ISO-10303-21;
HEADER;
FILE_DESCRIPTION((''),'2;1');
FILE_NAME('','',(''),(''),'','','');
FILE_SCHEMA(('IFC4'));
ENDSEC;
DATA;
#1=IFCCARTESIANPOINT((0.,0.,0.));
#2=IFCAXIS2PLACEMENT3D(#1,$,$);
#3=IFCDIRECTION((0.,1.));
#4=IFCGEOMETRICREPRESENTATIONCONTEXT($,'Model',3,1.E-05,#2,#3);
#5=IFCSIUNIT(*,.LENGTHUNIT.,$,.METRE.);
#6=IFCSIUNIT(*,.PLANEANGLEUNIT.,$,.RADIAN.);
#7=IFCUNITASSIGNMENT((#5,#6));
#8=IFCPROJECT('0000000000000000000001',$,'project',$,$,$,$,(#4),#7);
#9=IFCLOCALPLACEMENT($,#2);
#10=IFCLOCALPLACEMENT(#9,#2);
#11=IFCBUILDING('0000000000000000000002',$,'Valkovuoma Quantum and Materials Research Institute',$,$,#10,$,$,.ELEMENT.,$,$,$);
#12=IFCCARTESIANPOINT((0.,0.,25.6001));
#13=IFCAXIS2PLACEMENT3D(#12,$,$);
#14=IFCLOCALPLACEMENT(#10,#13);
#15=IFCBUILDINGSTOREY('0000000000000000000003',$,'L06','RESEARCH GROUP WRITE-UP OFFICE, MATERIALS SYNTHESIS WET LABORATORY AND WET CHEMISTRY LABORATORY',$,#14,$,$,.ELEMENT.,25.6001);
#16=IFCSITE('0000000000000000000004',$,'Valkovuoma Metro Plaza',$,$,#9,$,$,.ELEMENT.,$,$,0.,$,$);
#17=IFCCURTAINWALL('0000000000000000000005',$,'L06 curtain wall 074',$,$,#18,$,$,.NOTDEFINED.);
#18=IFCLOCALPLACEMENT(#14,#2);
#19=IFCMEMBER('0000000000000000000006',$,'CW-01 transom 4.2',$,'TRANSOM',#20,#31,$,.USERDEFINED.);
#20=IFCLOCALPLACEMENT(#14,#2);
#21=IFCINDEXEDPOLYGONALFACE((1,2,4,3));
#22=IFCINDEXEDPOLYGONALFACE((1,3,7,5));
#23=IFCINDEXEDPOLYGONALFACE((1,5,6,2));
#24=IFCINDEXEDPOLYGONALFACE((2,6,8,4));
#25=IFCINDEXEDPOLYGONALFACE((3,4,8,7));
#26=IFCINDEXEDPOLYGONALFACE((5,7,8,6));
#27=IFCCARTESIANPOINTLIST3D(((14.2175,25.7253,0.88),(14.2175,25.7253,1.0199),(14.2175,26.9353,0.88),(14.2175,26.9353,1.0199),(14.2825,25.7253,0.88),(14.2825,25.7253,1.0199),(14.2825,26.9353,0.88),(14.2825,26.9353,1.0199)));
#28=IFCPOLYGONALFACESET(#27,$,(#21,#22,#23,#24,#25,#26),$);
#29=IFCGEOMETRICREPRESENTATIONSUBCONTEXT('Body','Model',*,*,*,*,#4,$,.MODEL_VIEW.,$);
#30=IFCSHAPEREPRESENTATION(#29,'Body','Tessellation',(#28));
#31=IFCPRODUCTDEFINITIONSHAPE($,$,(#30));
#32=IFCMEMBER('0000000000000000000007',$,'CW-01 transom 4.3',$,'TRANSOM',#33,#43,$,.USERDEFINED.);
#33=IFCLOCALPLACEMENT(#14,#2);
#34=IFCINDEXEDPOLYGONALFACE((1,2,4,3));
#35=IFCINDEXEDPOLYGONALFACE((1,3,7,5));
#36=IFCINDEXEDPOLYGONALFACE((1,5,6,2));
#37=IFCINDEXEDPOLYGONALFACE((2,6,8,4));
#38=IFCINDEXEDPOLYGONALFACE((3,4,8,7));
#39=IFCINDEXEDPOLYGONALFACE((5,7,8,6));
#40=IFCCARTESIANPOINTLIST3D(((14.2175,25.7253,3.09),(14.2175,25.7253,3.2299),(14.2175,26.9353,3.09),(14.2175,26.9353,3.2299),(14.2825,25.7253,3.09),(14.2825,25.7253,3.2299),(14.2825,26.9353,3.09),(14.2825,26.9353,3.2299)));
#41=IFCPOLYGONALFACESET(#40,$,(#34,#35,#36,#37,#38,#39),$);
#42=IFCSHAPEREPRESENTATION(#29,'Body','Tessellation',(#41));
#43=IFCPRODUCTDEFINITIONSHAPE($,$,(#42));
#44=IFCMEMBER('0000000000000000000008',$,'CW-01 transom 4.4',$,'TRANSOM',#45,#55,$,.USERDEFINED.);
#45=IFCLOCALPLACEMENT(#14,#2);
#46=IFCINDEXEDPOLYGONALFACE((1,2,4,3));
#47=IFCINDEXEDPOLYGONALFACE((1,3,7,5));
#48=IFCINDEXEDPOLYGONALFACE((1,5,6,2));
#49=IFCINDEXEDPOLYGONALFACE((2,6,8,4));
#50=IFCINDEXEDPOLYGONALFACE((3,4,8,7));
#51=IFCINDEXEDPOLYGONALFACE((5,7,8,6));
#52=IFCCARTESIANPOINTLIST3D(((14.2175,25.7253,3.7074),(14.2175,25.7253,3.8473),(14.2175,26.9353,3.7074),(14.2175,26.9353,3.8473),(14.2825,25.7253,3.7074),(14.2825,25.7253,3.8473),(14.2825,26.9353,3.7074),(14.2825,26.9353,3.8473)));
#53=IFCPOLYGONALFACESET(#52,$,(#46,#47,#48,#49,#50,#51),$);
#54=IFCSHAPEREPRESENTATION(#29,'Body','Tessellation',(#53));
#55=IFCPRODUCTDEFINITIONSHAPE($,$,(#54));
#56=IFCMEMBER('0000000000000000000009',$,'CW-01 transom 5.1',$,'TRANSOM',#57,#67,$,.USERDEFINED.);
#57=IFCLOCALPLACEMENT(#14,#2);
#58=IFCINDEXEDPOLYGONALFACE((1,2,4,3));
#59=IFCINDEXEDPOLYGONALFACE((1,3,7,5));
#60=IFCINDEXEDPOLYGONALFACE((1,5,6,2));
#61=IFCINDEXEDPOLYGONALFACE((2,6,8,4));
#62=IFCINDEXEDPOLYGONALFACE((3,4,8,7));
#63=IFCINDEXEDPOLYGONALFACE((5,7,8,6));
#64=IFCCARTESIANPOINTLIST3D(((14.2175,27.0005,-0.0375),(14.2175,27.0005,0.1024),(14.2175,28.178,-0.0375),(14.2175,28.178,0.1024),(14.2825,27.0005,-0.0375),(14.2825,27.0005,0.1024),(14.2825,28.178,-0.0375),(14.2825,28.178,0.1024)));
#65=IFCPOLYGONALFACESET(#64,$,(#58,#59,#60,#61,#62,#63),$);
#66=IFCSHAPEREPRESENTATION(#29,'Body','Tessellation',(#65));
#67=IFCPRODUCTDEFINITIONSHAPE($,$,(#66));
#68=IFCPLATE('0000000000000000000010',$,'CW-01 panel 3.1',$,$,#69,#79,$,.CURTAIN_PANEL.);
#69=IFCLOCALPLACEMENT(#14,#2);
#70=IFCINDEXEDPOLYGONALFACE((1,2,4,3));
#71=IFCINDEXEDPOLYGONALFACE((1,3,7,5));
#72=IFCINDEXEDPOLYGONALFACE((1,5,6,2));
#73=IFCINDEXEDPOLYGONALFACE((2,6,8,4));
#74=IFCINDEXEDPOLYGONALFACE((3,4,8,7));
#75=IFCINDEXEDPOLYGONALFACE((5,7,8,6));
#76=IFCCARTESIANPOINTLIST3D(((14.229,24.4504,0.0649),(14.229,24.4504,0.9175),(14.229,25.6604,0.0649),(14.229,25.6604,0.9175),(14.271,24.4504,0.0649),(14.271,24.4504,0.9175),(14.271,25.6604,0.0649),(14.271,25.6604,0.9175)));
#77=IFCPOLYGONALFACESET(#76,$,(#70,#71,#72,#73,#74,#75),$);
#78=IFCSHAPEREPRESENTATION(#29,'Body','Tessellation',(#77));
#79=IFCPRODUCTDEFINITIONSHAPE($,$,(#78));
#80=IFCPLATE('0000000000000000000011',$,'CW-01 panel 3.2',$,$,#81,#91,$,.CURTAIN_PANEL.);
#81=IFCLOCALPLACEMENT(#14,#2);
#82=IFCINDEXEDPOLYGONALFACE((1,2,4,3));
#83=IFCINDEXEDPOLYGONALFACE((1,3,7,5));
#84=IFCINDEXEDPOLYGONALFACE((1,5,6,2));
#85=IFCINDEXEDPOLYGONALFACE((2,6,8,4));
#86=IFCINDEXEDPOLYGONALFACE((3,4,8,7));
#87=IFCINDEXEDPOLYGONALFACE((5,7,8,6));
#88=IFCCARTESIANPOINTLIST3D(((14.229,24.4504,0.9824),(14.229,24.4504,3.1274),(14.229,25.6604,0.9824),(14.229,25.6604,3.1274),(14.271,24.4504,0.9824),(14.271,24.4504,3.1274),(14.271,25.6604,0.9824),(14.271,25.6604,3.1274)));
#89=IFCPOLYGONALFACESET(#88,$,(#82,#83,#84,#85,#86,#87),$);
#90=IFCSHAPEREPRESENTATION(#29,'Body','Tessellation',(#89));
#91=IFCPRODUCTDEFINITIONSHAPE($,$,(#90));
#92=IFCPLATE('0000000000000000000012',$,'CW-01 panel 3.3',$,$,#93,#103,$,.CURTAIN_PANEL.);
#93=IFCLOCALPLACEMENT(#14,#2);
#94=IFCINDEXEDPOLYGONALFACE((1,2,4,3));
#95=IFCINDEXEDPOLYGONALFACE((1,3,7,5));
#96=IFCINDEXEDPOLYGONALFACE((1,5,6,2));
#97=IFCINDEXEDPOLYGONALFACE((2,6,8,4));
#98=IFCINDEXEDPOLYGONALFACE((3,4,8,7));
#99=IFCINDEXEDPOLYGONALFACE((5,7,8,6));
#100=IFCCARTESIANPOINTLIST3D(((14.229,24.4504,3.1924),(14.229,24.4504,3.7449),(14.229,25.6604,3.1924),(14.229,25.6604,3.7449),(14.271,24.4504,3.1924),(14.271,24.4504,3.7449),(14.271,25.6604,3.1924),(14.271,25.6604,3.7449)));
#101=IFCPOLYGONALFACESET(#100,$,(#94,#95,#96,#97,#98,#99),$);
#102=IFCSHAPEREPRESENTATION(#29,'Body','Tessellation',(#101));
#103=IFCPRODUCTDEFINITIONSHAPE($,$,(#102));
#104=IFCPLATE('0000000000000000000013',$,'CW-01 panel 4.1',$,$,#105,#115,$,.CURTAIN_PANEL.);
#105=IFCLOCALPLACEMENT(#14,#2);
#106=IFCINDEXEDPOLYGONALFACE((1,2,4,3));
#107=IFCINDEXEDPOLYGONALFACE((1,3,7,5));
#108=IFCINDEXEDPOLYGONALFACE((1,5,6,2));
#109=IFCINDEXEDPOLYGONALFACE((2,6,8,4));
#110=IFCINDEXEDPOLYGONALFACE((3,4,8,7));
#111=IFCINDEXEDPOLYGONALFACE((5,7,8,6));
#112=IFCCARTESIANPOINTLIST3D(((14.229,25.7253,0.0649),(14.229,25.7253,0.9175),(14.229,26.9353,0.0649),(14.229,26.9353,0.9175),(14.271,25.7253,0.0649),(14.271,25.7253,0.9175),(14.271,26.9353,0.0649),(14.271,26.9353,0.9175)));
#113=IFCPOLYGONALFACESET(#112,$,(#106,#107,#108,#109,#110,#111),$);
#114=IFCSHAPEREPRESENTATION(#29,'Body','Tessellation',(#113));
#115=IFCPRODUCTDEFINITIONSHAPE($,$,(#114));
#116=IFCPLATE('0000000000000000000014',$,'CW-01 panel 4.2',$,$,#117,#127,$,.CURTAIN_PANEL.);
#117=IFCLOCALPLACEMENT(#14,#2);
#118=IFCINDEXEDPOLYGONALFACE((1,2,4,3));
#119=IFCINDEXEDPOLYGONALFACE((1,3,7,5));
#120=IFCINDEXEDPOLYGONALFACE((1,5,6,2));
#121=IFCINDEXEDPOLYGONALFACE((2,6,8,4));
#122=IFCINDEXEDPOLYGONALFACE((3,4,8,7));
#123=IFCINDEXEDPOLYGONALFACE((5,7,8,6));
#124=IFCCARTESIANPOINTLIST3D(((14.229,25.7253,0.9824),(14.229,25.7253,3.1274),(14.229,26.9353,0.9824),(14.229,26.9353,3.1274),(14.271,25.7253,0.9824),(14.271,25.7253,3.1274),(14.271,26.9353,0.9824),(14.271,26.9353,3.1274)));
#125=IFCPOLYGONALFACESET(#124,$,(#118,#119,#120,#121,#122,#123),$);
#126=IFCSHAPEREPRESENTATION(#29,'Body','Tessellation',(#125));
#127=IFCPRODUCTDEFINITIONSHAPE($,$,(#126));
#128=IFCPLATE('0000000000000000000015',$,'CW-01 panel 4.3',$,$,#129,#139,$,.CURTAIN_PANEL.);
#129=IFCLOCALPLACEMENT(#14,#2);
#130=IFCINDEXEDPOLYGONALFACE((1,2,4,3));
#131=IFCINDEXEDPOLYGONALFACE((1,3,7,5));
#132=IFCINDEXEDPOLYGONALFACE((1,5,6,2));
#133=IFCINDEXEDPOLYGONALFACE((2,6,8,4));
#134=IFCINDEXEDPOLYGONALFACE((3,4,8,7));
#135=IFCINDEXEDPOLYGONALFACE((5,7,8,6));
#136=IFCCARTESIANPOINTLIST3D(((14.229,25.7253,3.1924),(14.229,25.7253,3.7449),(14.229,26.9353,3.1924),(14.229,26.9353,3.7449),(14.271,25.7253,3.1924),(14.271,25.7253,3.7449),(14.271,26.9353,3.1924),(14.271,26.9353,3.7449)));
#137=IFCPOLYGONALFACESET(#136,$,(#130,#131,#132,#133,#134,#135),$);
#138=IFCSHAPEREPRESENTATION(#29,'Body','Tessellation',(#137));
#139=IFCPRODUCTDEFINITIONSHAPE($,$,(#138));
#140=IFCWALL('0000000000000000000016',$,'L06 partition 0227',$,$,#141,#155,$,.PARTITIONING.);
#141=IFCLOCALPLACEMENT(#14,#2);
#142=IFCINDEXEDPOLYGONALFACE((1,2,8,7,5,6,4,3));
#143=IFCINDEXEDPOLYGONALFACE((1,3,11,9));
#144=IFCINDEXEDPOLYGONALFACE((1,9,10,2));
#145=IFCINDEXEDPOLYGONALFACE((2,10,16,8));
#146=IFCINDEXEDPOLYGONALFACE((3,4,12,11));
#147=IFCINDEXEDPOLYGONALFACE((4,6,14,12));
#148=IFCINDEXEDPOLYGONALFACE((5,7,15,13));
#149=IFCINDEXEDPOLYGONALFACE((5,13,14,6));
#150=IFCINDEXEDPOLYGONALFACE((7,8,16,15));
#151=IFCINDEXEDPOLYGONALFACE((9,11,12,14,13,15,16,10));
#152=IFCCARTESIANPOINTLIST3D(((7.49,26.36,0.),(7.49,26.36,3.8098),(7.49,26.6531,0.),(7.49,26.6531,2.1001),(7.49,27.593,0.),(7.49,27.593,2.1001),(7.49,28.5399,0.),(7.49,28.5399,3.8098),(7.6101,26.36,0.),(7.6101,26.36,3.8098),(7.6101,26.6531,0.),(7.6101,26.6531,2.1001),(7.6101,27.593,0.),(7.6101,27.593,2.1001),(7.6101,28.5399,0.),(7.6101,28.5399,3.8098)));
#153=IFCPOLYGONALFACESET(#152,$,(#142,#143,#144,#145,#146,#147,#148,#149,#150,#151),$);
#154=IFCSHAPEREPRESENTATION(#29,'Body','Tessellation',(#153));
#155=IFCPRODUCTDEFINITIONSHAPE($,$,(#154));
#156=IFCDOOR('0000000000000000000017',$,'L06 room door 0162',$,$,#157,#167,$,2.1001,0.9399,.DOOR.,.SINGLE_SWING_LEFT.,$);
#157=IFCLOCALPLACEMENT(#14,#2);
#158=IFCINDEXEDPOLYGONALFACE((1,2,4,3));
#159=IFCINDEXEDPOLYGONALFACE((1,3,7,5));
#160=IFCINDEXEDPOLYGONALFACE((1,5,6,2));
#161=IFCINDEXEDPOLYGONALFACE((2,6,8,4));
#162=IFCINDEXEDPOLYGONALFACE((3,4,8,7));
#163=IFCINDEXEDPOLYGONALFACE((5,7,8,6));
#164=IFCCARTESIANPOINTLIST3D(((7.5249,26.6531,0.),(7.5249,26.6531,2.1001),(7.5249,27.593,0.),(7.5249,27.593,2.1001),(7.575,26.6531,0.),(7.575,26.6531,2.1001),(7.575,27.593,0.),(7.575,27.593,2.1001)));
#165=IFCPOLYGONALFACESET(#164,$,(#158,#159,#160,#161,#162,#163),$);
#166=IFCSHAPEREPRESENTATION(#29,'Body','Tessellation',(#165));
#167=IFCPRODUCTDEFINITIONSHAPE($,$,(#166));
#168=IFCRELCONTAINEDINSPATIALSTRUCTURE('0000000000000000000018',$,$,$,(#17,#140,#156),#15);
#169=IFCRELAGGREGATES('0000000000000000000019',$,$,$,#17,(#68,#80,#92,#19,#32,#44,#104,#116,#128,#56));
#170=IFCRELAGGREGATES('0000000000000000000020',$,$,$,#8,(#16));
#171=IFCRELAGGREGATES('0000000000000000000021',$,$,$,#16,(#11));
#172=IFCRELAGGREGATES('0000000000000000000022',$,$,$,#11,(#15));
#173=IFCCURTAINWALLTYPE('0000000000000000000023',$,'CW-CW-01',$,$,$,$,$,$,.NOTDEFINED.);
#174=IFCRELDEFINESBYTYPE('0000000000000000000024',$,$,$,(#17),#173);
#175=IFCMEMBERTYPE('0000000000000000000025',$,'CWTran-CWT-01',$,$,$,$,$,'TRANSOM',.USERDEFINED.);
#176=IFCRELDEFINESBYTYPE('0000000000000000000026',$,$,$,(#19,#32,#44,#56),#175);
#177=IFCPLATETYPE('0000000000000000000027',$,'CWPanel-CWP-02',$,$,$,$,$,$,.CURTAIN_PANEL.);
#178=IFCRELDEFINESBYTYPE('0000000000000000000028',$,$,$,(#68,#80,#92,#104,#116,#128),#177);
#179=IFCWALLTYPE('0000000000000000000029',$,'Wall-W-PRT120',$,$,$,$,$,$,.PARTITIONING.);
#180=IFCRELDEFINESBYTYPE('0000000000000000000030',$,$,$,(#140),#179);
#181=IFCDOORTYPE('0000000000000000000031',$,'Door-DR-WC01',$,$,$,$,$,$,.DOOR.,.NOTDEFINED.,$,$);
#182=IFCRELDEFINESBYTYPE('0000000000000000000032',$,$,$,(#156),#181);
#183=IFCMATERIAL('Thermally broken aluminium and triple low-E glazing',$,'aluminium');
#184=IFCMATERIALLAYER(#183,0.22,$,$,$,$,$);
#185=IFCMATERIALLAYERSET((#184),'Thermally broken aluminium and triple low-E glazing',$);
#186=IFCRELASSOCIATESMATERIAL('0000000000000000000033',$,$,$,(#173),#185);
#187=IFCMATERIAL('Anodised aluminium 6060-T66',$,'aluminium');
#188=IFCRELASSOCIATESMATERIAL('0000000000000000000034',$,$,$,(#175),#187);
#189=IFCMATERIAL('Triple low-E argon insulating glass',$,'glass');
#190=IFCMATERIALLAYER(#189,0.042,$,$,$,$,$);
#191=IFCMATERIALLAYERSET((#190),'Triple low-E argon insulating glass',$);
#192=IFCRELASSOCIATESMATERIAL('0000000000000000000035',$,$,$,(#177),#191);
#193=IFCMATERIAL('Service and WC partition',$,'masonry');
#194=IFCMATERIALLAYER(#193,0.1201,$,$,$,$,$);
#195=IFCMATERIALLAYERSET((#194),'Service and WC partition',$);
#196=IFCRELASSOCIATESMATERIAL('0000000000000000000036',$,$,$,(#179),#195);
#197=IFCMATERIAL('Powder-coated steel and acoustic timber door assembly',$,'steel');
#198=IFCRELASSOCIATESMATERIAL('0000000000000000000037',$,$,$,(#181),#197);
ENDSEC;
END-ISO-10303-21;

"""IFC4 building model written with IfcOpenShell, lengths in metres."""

from ifc_helpers import new_model, si_unit, direction, frame, frame_2d, origin, origin_2d, place, context, subcontext, project, spatial, rectangle, extrude, material, layer, layer_set, material_profile, profile_set, type_object, element, fill, aggregate, save


model = new_model("IFC4")

# Units and contexts
model_context = context("Model", 3, precision=1e-05, world=origin(), true_north=direction((0.0, 1.0)))
body_context = subcontext(model_context, "Body", "Model", "MODEL_VIEW")
ifc_project = project(units=[si_unit("LENGTHUNIT", "METRE"), si_unit("PLANEANGLEUNIT", "RADIAN")], contexts=[model_context])

# Site, building, storey
site_placement = place(None, origin())
site = spatial("IfcSite", under=ifc_project, at=site_placement, Name="Valkovuoma Metro Plaza", CompositionType="ELEMENT", RefElevation=0.0)
building_placement = place(site_placement, origin())
building = spatial("IfcBuilding", under=site, at=building_placement, Name="Valkovuoma Quantum and Materials Research Institute", CompositionType="ELEMENT")
storey_placement = place(building_placement, frame((0.0, 0.0, 25.6001)))
storey = spatial("IfcBuildingStorey", under=building, at=storey_placement, Name="L06", Description="RESEARCH GROUP WRITE-UP OFFICE, MATERIALS SYNTHESIS WET LABORATORY AND WET CHEMISTRY LABORATORY", CompositionType="ELEMENT", Elevation=25.6001)

# Curtain wall, members, plates
ifc_material_1 = material(Name="Thermally broken aluminium and triple low-E glazing", Category="aluminium")
ifc_layer_1 = layer(ifc_material_1, 0.22)
ifc_layer_set_1 = layer_set([ifc_layer_1], Name="Thermally broken aluminium and triple low-E glazing")
curtain_wall_type = type_object("IfcCurtainWallType", Name="CW-CW-01", PredefinedType="NOTDEFINED", material=ifc_layer_set_1)
curtain_wall_placement = place(storey_placement, origin())
curtain_wall = element("IfcCurtainWall", 1, at=curtain_wall_placement, inside=storey, type_object=curtain_wall_type, Name="L06 curtain wall 074", PredefinedType="NOTDEFINED")
ifc_material_2 = material(Name="Anodised aluminium 6060-T66", Category="aluminium")
ifc_material_profile_1 = material_profile(ifc_material_2, rectangle(XDim=0.0649, YDim=0.1399, at=origin_2d()), Name="Anodised aluminium 6060-T66")
ifc_profile_set_1 = profile_set([ifc_material_profile_1], Name="Anodised aluminium 6060-T66")
member_type_1 = type_object("IfcMemberType", Name="CWTran-CWT-01", ElementType="TRANSOM", PredefinedType="USERDEFINED", material=ifc_profile_set_1)
member_1_placement = place(storey_placement, frame((14.25, 25.7253, 0.95), z_axis=(0.0, 1.0, 0.0), x_axis=(-1.0, 0.0, 0.0)))
member_1 = element("IfcMember", 2, at=member_1_placement, type_object=member_type_1, Name="CW-01 transom 4.2", ObjectType="TRANSOM", PredefinedType="USERDEFINED", context=body_context, shape_type="SweptSolid", body=[
    extrude(rectangle(XDim=0.0649, YDim=0.1399, at=origin_2d()), origin(), (0.0, 0.0, 1.0), 1.21),
])
member_2_placement = place(storey_placement, frame((14.25, 25.7253, 3.1599), z_axis=(0.0, 1.0, 0.0), x_axis=(-1.0, 0.0, 0.0)))
member_2 = element("IfcMember", 3, at=member_2_placement, type_object=member_type_1, Name="CW-01 transom 4.3", ObjectType="TRANSOM", PredefinedType="USERDEFINED", context=body_context, shape_type="SweptSolid", body=[
    extrude(rectangle(XDim=0.0649, YDim=0.1399, at=origin_2d()), origin(), (0.0, 0.0, 1.0), 1.21),
])
member_3_placement = place(storey_placement, frame((14.25, 25.7253, 3.7773), z_axis=(0.0, 1.0, 0.0), x_axis=(-1.0, 0.0, 0.0)))
member_3 = element("IfcMember", 4, at=member_3_placement, type_object=member_type_1, Name="CW-01 transom 4.4", ObjectType="TRANSOM", PredefinedType="USERDEFINED", context=body_context, shape_type="SweptSolid", body=[
    extrude(rectangle(XDim=0.0649, YDim=0.1399, at=origin_2d()), origin(), (0.0, 0.0, 1.0), 1.21),
])
member_4_placement = place(storey_placement, frame((14.25, 27.0005, 0.0325), z_axis=(0.0, 1.0, 0.0), x_axis=(-1.0, 0.0, 0.0)))
member_4 = element("IfcMember", 5, at=member_4_placement, type_object=member_type_1, Name="CW-01 transom 5.1", ObjectType="TRANSOM", PredefinedType="USERDEFINED", context=body_context, shape_type="SweptSolid", body=[
    extrude(rectangle(XDim=0.0649, YDim=0.1399, at=origin_2d()), origin(), (0.0, 0.0, 1.0), 1.1775),
])
ifc_material_3 = material(Name="Triple low-E argon insulating glass", Category="glass")
ifc_layer_2 = layer(ifc_material_3, 0.042)
ifc_layer_set_2 = layer_set([ifc_layer_2], Name="Triple low-E argon insulating glass")
plate_type = type_object("IfcPlateType", Name="CWPanel-CWP-02", PredefinedType="CURTAIN_PANEL", material=ifc_layer_set_2)
plate_1_placement = place(storey_placement, frame((14.25, 25.0554, 0.0649), z_axis=(0.0, 0.0, 1.0), x_axis=(0.0, 1.0, 0.0)))
plate_1 = element("IfcPlate", 6, at=plate_1_placement, type_object=plate_type, Name="CW-01 panel 3.1", PredefinedType="CURTAIN_PANEL", context=body_context, shape_type="SweptSolid", body=[
    extrude(rectangle(XDim=1.21, YDim=0.042, at=origin_2d()), origin(), (0.0, 0.0, 1.0), 0.8525),
])
plate_2_placement = place(storey_placement, frame((14.25, 25.0554, 0.9824), z_axis=(0.0, 0.0, 1.0), x_axis=(0.0, 1.0, 0.0)))
plate_2 = element("IfcPlate", 7, at=plate_2_placement, type_object=plate_type, Name="CW-01 panel 3.2", PredefinedType="CURTAIN_PANEL", context=body_context, shape_type="SweptSolid", body=[
    extrude(rectangle(XDim=1.21, YDim=0.042, at=origin_2d()), origin(), (0.0, 0.0, 1.0), 2.145),
])
plate_3_placement = place(storey_placement, frame((14.25, 25.0554, 3.1924), z_axis=(0.0, 0.0, 1.0), x_axis=(0.0, 1.0, 0.0)))
plate_3 = element("IfcPlate", 8, at=plate_3_placement, type_object=plate_type, Name="CW-01 panel 3.3", PredefinedType="CURTAIN_PANEL", context=body_context, shape_type="SweptSolid", body=[
    extrude(rectangle(XDim=1.21, YDim=0.042, at=origin_2d()), origin(), (0.0, 0.0, 1.0), 0.5525),
])
plate_4_placement = place(storey_placement, frame((14.25, 26.3303, 0.0649), z_axis=(0.0, 0.0, 1.0), x_axis=(0.0, 1.0, 0.0)))
plate_4 = element("IfcPlate", 9, at=plate_4_placement, type_object=plate_type, Name="CW-01 panel 4.1", PredefinedType="CURTAIN_PANEL", context=body_context, shape_type="SweptSolid", body=[
    extrude(rectangle(XDim=1.21, YDim=0.042, at=origin_2d()), origin(), (0.0, 0.0, 1.0), 0.8525),
])
plate_5_placement = place(storey_placement, frame((14.25, 26.3303, 0.9824), z_axis=(0.0, 0.0, 1.0), x_axis=(0.0, 1.0, 0.0)))
plate_5 = element("IfcPlate", 10, at=plate_5_placement, type_object=plate_type, Name="CW-01 panel 4.2", PredefinedType="CURTAIN_PANEL", context=body_context, shape_type="SweptSolid", body=[
    extrude(rectangle(XDim=1.21, YDim=0.042, at=origin_2d()), origin(), (0.0, 0.0, 1.0), 2.145),
])
plate_6_placement = place(storey_placement, frame((14.25, 26.3303, 3.1924), z_axis=(0.0, 0.0, 1.0), x_axis=(0.0, 1.0, 0.0)))
plate_6 = element("IfcPlate", 11, at=plate_6_placement, type_object=plate_type, Name="CW-01 panel 4.3", PredefinedType="CURTAIN_PANEL", context=body_context, shape_type="SweptSolid", body=[
    extrude(rectangle(XDim=1.21, YDim=0.042, at=origin_2d()), origin(), (0.0, 0.0, 1.0), 0.5525),
])
aggregate(curtain_wall, [plate_1, plate_2, plate_3, member_1, member_2, member_3, plate_4, plate_5, plate_6, member_4])

# Wall, opening, door
ifc_material_4 = material(Name="Service and WC partition", Category="masonry")
ifc_layer_3 = layer(ifc_material_4, 0.1201)
ifc_layer_set_3 = layer_set([ifc_layer_3], Name="Service and WC partition")
wall_type_1 = type_object("IfcWallType", Name="Wall-W-PRT120", PredefinedType="PARTITIONING", material=ifc_layer_set_3)
wall_1_placement = place(storey_placement, frame((7.55, 26.3601, 0.0), z_axis=(0.0, 0.0, 1.0), x_axis=(0.0, 1.0, 0.0)))
wall_1 = element("IfcWall", 12, at=wall_1_placement, inside=storey, type_object=wall_type_1, Name="L06 partition 0227", PredefinedType="PARTITIONING", context=body_context, shape_type="SweptSolid", body=[
    extrude(rectangle(XDim=2.1799, YDim=0.1201, at=frame_2d((1.0898, 0.0))), origin(), (0.0, 0.0, 1.0), 3.8098),
])
opening_1_placement = place(wall_1_placement, frame((0.293, 0.0, 0.0)))
opening_1 = element("IfcOpeningElement", 13, at=opening_1_placement, cuts=wall_1, PredefinedType="OPENING", context=body_context, shape_type="SweptSolid", body=[
    extrude(rectangle(XDim=0.9399, YDim=2.1001, at=frame_2d((0.47, 1.05))), frame((0.0, 0.0701, 0.0), z_axis=(0.0, -1.0, 0.0), x_axis=(1.0, 0.0, 0.0)), (0.0, 0.0, 1.0), 0.1401),
])
ifc_material_5 = material(Name="Powder-coated steel and acoustic timber door assembly", Category="steel")
door_type_1 = type_object("IfcDoorType", Name="Door-DR-WC01", OperationType="NOTDEFINED", PredefinedType="DOOR", material=ifc_material_5)
door_1_placement = place(opening_1_placement, frame((0.9399, 0.0, 0.0), z_axis=(0.0, 0.0, 1.0), x_axis=(-1.0, 0.0, 0.0)))
door_1 = element("IfcDoor", 14, at=door_1_placement, inside=storey, type_object=door_type_1, Name="L06 room door 0162", OperationType="SINGLE_SWING_LEFT", OverallHeight=2.1001, OverallWidth=0.9399, PredefinedType="DOOR", context=body_context, shape_type="SweptSolid", body=[
    extrude(rectangle(XDim=0.9399, YDim=2.1001, at=frame_2d((0.47, 1.05))), frame((0.0, 0.0249, 0.0), z_axis=(0.0, -1.0, 0.0), x_axis=(1.0, 0.0, 0.0)), (0.0, 0.0, 1.0), 0.05),
])
fill(opening_1, door_1)

save(model, "model.ifc")
